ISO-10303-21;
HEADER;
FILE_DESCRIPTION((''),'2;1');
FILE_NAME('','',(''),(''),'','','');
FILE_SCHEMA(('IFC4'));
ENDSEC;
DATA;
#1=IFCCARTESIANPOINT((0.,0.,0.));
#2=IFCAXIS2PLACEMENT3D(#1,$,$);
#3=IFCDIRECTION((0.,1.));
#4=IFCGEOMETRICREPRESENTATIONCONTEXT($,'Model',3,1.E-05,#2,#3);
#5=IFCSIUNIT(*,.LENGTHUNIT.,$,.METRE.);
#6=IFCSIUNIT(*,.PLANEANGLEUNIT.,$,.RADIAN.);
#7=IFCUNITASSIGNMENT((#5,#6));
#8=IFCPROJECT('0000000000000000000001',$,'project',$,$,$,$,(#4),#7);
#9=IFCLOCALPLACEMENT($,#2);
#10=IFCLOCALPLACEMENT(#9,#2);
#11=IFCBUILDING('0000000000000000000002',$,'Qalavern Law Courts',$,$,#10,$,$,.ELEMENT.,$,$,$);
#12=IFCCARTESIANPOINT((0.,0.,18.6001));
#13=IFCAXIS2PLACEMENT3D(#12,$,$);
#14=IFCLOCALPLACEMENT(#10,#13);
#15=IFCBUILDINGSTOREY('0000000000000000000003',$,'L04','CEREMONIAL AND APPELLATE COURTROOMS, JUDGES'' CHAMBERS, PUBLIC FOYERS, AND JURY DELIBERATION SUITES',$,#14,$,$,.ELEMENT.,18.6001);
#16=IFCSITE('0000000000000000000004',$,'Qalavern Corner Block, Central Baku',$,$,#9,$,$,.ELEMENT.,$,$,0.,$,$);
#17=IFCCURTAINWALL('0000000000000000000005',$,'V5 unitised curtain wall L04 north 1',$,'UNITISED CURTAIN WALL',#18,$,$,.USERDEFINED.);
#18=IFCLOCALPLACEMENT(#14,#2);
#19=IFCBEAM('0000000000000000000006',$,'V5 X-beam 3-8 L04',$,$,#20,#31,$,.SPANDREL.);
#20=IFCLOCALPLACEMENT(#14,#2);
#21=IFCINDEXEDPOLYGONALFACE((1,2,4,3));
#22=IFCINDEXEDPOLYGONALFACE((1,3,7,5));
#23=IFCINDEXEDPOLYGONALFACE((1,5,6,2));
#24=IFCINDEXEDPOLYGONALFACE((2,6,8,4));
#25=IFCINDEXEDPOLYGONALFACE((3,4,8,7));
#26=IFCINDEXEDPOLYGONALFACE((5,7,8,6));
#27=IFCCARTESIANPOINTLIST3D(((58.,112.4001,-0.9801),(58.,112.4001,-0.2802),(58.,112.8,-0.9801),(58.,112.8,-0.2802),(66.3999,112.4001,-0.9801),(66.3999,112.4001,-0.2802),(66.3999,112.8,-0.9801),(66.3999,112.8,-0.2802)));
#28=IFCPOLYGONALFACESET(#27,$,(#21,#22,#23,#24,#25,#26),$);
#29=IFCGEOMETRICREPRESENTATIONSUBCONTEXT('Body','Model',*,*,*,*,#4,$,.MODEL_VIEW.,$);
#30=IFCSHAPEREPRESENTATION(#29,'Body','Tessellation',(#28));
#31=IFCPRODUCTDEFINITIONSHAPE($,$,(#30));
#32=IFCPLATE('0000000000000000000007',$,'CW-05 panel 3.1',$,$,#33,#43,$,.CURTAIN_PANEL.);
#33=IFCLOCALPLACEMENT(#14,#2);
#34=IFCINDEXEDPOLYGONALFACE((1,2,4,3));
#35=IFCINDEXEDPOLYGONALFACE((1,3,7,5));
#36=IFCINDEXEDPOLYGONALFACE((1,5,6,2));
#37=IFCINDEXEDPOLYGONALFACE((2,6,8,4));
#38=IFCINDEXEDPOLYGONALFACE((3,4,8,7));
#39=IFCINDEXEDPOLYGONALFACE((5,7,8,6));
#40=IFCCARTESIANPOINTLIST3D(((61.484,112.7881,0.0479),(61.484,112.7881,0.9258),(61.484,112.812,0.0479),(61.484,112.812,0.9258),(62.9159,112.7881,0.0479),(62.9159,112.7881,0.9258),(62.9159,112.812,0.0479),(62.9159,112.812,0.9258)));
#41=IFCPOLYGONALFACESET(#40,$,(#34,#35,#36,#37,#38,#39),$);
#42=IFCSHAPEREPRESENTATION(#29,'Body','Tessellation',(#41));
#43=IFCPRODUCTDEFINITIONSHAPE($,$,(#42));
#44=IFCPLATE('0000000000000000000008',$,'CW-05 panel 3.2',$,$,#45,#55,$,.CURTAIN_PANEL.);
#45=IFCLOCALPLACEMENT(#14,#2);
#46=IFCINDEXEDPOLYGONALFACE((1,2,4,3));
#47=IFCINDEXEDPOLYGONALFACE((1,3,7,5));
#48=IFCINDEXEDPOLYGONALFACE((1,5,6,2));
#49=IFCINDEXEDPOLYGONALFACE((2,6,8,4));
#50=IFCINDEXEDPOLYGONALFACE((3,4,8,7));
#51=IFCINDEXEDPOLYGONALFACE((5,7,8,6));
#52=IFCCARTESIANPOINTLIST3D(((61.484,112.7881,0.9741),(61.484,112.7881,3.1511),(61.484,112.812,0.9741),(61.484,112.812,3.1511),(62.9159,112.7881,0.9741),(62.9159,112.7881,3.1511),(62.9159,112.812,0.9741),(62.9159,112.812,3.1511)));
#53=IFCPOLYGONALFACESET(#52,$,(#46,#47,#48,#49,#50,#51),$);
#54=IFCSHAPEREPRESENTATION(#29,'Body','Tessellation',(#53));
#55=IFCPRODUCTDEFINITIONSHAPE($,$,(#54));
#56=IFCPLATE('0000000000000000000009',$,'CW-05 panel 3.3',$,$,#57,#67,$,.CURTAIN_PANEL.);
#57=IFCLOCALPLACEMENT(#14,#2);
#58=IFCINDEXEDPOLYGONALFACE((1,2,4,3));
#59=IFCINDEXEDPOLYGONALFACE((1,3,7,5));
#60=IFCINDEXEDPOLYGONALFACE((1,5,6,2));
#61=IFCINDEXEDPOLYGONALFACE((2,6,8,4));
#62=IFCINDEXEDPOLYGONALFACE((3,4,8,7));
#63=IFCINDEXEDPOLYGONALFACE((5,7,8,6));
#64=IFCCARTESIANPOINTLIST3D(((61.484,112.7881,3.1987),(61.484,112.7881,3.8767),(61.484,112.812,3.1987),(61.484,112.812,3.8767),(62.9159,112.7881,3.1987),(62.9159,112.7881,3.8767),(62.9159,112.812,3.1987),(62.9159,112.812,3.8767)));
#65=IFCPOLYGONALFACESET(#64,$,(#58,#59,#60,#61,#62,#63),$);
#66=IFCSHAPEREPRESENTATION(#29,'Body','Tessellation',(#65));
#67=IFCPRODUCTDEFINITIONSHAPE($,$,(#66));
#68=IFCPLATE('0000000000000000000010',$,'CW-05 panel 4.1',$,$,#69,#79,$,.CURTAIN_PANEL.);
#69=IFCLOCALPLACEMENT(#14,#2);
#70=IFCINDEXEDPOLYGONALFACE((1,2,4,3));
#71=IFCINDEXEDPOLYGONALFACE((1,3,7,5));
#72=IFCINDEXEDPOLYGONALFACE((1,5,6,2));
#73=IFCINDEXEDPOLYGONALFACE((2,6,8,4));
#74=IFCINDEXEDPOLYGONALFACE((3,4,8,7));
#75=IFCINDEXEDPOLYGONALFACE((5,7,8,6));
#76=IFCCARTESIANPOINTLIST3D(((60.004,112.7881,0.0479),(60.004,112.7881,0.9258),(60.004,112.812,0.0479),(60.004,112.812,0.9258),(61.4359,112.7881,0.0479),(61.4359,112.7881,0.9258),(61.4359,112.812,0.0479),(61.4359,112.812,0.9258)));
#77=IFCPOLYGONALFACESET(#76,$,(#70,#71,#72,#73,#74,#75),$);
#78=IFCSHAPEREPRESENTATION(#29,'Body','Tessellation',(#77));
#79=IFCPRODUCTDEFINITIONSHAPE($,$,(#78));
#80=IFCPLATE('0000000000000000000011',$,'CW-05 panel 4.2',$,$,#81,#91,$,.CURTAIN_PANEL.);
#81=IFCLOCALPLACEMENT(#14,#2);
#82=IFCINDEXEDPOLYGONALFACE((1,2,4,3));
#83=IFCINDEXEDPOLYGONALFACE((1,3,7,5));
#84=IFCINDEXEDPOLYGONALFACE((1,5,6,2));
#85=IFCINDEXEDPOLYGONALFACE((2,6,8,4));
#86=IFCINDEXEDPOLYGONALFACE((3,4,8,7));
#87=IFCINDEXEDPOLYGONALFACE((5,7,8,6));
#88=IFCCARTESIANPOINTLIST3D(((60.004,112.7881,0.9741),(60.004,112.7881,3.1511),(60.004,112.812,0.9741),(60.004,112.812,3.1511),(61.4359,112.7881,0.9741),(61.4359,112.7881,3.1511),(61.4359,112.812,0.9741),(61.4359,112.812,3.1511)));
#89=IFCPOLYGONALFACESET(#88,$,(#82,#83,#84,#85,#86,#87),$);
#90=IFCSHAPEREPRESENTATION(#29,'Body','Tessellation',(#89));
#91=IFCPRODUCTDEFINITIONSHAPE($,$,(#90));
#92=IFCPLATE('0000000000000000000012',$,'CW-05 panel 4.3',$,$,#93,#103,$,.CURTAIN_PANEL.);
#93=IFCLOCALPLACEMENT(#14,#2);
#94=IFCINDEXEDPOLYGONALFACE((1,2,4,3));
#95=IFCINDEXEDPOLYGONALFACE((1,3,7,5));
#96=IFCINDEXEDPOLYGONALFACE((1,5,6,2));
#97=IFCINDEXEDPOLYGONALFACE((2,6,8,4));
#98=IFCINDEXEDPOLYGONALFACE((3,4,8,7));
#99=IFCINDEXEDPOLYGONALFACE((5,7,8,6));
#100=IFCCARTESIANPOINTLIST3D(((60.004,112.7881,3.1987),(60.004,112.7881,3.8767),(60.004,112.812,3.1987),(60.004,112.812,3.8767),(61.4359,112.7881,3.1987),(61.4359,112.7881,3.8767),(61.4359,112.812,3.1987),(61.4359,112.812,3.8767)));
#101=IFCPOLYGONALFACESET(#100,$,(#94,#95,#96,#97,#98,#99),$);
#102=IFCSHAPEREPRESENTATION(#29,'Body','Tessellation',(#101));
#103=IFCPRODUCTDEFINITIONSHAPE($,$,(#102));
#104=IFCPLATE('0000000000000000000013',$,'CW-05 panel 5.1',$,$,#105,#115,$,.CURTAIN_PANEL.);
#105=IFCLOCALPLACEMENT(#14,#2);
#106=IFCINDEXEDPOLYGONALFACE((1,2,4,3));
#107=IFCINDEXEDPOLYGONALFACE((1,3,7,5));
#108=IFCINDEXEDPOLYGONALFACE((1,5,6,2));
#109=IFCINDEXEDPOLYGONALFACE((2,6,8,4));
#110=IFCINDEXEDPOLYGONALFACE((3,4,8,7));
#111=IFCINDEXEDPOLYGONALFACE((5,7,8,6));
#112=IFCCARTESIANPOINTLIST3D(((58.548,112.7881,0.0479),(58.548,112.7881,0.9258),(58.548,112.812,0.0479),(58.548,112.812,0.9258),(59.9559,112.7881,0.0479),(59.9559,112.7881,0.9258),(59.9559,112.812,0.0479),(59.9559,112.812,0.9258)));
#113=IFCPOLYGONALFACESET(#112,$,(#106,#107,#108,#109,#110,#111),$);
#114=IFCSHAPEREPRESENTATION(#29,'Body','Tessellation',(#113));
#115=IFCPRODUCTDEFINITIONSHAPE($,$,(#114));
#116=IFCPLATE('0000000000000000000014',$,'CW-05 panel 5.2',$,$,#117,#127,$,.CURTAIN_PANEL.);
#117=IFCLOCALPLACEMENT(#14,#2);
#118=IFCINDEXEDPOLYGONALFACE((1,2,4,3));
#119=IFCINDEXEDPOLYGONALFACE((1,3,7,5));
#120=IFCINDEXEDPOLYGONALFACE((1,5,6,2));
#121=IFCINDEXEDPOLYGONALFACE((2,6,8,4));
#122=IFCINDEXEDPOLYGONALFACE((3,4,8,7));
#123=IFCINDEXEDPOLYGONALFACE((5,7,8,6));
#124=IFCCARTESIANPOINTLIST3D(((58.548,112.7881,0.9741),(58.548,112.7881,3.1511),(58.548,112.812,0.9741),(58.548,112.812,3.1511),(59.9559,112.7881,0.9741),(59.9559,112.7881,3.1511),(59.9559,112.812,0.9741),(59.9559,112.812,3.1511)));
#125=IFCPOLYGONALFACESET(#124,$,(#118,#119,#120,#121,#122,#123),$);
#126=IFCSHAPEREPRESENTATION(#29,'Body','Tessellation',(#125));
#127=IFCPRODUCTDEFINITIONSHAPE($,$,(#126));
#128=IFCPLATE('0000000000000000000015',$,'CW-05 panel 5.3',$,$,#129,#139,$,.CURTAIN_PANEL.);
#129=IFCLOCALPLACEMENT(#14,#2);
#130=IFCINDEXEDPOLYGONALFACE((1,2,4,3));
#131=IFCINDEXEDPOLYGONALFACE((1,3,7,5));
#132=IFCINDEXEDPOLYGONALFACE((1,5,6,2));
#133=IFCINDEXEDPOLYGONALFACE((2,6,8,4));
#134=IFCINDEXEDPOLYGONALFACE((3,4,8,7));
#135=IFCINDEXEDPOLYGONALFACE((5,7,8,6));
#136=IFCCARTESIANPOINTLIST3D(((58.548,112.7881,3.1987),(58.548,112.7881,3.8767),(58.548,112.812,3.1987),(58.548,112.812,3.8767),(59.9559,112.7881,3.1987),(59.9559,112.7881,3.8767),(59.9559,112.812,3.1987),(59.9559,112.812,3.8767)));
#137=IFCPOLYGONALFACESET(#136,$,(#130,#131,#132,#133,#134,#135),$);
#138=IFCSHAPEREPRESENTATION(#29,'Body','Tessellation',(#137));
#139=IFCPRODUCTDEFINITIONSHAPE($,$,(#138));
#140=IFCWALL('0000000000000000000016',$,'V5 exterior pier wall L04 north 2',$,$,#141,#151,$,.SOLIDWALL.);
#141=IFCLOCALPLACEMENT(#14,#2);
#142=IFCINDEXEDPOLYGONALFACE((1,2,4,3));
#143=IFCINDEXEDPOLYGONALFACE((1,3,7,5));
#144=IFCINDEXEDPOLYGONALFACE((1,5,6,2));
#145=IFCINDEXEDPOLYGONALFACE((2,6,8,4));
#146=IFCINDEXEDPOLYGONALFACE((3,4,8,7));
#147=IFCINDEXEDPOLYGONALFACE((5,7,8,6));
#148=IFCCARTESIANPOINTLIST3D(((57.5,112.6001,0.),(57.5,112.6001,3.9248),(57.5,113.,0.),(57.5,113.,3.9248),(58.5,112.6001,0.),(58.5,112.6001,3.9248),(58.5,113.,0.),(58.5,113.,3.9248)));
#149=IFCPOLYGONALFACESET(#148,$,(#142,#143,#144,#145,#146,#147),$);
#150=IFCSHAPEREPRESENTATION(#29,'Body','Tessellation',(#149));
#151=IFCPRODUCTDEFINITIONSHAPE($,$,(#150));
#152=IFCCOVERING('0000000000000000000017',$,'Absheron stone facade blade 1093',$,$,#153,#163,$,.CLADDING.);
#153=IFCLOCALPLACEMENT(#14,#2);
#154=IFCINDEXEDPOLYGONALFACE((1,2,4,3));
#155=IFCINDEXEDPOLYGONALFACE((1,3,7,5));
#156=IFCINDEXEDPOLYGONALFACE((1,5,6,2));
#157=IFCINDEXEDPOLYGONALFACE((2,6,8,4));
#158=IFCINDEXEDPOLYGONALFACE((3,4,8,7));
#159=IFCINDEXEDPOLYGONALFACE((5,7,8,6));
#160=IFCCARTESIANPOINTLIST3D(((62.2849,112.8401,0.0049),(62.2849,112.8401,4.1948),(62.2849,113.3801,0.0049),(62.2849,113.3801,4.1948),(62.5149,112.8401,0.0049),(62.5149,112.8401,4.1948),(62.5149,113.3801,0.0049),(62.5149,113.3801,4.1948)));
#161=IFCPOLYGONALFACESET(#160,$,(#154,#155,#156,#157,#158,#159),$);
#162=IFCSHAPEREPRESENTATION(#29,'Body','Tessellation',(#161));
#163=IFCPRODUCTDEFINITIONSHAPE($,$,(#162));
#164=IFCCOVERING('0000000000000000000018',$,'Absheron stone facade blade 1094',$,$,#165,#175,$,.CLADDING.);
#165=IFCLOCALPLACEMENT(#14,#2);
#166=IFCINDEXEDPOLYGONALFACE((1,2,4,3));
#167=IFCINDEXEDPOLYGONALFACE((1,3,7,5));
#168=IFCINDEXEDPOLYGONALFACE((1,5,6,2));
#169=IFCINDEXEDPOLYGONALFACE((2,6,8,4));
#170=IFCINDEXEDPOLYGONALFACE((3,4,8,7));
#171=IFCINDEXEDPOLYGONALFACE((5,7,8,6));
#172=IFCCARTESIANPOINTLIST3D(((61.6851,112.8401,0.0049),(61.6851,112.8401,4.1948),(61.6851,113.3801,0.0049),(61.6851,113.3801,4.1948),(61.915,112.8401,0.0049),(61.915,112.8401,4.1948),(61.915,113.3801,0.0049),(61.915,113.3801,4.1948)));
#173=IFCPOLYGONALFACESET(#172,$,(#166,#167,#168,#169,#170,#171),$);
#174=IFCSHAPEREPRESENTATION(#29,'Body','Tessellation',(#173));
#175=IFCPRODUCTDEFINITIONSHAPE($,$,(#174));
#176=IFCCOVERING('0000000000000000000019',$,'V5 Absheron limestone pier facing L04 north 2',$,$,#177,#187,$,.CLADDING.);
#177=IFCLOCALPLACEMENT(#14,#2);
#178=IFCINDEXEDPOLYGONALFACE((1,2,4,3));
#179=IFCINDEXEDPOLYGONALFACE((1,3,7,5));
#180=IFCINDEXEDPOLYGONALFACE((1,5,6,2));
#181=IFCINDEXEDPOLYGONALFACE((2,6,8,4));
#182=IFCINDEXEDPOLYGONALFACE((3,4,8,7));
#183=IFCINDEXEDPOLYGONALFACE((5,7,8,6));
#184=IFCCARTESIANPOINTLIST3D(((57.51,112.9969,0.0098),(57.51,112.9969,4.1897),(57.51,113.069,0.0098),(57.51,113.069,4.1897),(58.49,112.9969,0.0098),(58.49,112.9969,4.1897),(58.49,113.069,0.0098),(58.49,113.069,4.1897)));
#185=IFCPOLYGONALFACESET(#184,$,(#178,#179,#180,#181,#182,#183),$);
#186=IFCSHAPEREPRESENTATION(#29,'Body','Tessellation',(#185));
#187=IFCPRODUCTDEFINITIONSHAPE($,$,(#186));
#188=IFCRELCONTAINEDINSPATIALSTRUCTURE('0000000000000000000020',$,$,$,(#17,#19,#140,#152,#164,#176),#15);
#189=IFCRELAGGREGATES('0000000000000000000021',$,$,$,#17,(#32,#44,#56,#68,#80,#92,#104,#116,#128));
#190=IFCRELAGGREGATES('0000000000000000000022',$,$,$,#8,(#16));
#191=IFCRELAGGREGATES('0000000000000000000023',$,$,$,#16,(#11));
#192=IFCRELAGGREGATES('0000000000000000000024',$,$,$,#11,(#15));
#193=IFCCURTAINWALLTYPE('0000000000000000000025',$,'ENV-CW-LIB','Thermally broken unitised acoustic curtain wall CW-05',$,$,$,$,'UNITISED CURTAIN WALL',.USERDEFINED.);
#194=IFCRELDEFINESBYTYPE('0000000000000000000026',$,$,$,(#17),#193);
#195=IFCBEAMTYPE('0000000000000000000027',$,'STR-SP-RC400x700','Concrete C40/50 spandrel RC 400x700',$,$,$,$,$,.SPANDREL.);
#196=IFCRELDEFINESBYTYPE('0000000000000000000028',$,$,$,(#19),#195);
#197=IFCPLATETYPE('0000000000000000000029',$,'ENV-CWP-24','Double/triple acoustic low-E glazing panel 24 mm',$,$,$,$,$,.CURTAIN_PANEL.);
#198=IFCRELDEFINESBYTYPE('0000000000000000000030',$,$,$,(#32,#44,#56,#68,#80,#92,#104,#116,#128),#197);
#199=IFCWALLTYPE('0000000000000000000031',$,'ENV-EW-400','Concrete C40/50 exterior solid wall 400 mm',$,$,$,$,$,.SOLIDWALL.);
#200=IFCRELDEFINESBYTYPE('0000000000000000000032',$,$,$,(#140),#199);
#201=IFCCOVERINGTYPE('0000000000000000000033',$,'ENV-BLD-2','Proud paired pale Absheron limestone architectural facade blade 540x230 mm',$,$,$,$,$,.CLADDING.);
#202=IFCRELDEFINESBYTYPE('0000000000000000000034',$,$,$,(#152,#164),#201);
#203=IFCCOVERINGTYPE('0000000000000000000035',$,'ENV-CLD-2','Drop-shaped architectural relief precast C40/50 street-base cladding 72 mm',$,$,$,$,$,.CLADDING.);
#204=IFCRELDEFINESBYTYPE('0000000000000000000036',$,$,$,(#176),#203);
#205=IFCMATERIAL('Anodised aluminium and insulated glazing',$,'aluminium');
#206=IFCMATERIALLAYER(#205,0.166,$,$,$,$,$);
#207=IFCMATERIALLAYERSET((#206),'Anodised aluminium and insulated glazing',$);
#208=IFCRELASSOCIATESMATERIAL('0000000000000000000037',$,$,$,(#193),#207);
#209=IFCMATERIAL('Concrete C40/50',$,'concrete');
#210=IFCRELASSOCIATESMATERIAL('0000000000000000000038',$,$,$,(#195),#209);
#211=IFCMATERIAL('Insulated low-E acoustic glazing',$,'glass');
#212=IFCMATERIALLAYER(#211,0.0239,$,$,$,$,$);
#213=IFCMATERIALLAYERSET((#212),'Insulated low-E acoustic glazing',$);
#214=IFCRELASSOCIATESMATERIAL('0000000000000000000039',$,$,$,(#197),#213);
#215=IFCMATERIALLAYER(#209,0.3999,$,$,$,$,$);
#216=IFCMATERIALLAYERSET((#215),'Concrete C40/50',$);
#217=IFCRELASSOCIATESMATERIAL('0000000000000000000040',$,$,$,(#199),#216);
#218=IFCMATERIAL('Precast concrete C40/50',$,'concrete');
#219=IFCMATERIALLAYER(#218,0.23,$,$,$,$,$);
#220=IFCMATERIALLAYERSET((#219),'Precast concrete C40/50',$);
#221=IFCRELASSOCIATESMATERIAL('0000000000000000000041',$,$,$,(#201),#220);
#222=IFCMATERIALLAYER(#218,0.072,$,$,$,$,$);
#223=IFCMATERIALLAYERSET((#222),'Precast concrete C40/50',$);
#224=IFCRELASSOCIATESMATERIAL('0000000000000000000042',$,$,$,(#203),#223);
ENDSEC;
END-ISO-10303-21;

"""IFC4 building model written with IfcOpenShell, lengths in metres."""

from ifc_helpers import new_model, si_unit, direction, frame, frame_2d, origin, origin_2d, place, context, subcontext, project, spatial, rectangle, extrude, material, layer, layer_set, material_profile, profile_set, type_object, element, aggregate, save


model = new_model("IFC4")

# Units and contexts
model_context = context("Model", 3, precision=1e-05, world=origin(), true_north=direction((0.0, 1.0)))
body_context = subcontext(model_context, "Body", "Model", "MODEL_VIEW")
ifc_project = project(units=[si_unit("LENGTHUNIT", "METRE"), si_unit("PLANEANGLEUNIT", "RADIAN")], contexts=[model_context])

# Site, building, storey
site_placement = place(None, origin())
site = spatial("IfcSite", under=ifc_project, at=site_placement, Name="Qalavern Corner Block, Central Baku", CompositionType="ELEMENT", RefElevation=0.0)
building_placement = place(site_placement, origin())
building = spatial("IfcBuilding", under=site, at=building_placement, Name="Qalavern Law Courts", CompositionType="ELEMENT")
storey_placement = place(building_placement, frame((0.0, 0.0, 18.6001)))
storey = spatial("IfcBuildingStorey", under=building, at=storey_placement, Name="L04", Description="CEREMONIAL AND APPELLATE COURTROOMS, JUDGES' CHAMBERS, PUBLIC FOYERS, AND JURY DELIBERATION SUITES", CompositionType="ELEMENT", Elevation=18.6001)

# Curtain wall
ifc_material_1 = material(Name="Anodised aluminium and insulated glazing", Category="aluminium")
ifc_layer_1 = layer(ifc_material_1, 0.166)
ifc_layer_set_1 = layer_set([ifc_layer_1], Name="Anodised aluminium and insulated glazing")
curtain_wall_type = type_object("IfcCurtainWallType", Name="ENV-CW-LIB", Description="Thermally broken unitised acoustic curtain wall CW-05", ElementType="UNITISED CURTAIN WALL", PredefinedType="USERDEFINED", material=ifc_layer_set_1)
curtain_wall_1_placement = place(storey_placement, origin())
curtain_wall_1 = element("IfcCurtainWall", 1, at=curtain_wall_1_placement, inside=storey, type_object=curtain_wall_type, Name="V5 unitised curtain wall L04 north 1", ObjectType="UNITISED CURTAIN WALL", PredefinedType="USERDEFINED")

# Beam
ifc_material_2 = material(Name="Concrete C40/50", Category="concrete")
ifc_material_profile_1 = material_profile(ifc_material_2, rectangle(XDim=0.3999, YDim=0.7, at=origin_2d()), Name="RC 400x700")
ifc_profile_set_1 = profile_set([ifc_material_profile_1], Name="Concrete C40/50")
beam_type_1 = type_object("IfcBeamType", Name="STR-SP-RC400x700", Description="Concrete C40/50 spandrel RC 400x700", PredefinedType="SPANDREL", material=ifc_profile_set_1)
beam_1_placement = place(storey_placement, frame((58.0, 112.6001, -0.6301), z_axis=(1.0, 0.0, 0.0), x_axis=(0.0, 1.0, 0.0)))
element("IfcBeam", 2, at=beam_1_placement, inside=storey, type_object=beam_type_1, Name="V5 X-beam 3-8 L04", PredefinedType="SPANDREL", context=body_context, shape_type="SweptSolid", body=[
    extrude(rectangle(XDim=0.3999, YDim=0.7, at=origin_2d()), origin(), (0.0, 0.0, 1.0), 8.3999),
])

# Plates
ifc_material_3 = material(Name="Insulated low-E acoustic glazing", Category="glass")
ifc_layer_2 = layer(ifc_material_3, 0.0239)
ifc_layer_set_2 = layer_set([ifc_layer_2], Name="Insulated low-E acoustic glazing")
plate_type = type_object("IfcPlateType", Name="ENV-CWP-24", Description="Double/triple acoustic low-E glazing panel 24 mm", PredefinedType="CURTAIN_PANEL", material=ifc_layer_set_2)
plate_1_placement = place(storey_placement, frame((62.2, 112.8, 0.0479), z_axis=(0.0, 0.0, 1.0), x_axis=(-1.0, 0.0, 0.0)))
plate_1 = element("IfcPlate", 3, at=plate_1_placement, type_object=plate_type, Name="CW-05 panel 3.1", PredefinedType="CURTAIN_PANEL", context=body_context, shape_type="SweptSolid", body=[
    extrude(rectangle(XDim=1.4319, YDim=0.0239, at=origin_2d()), origin(), (0.0, 0.0, 1.0), 0.8779),
])
plate_2_placement = place(storey_placement, frame((62.2, 112.8, 0.9741), z_axis=(0.0, 0.0, 1.0), x_axis=(-1.0, 0.0, 0.0)))
plate_2 = element("IfcPlate", 4, at=plate_2_placement, type_object=plate_type, Name="CW-05 panel 3.2", PredefinedType="CURTAIN_PANEL", context=body_context, shape_type="SweptSolid", body=[
    extrude(rectangle(XDim=1.4319, YDim=0.0239, at=origin_2d()), origin(), (0.0, 0.0, 1.0), 2.177),
])
plate_3_placement = place(storey_placement, frame((62.2, 112.8, 3.1987), z_axis=(0.0, 0.0, 1.0), x_axis=(-1.0, 0.0, 0.0)))
plate_3 = element("IfcPlate", 5, at=plate_3_placement, type_object=plate_type, Name="CW-05 panel 3.3", PredefinedType="CURTAIN_PANEL", context=body_context, shape_type="SweptSolid", body=[
    extrude(rectangle(XDim=1.4319, YDim=0.0239, at=origin_2d()), origin(), (0.0, 0.0, 1.0), 0.678),
])
plate_4_placement = place(storey_placement, frame((60.72, 112.8, 0.0479), z_axis=(0.0, 0.0, 1.0), x_axis=(-1.0, 0.0, 0.0)))
plate_4 = element("IfcPlate", 6, at=plate_4_placement, type_object=plate_type, Name="CW-05 panel 4.1", PredefinedType="CURTAIN_PANEL", context=body_context, shape_type="SweptSolid", body=[
    extrude(rectangle(XDim=1.4319, YDim=0.0239, at=origin_2d()), origin(), (0.0, 0.0, 1.0), 0.8779),
])
plate_5_placement = place(storey_placement, frame((60.72, 112.8, 0.9741), z_axis=(0.0, 0.0, 1.0), x_axis=(-1.0, 0.0, 0.0)))
plate_5 = element("IfcPlate", 7, at=plate_5_placement, type_object=plate_type, Name="CW-05 panel 4.2", PredefinedType="CURTAIN_PANEL", context=body_context, shape_type="SweptSolid", body=[
    extrude(rectangle(XDim=1.4319, YDim=0.0239, at=origin_2d()), origin(), (0.0, 0.0, 1.0), 2.177),
])
plate_6_placement = place(storey_placement, frame((60.72, 112.8, 3.1987), z_axis=(0.0, 0.0, 1.0), x_axis=(-1.0, 0.0, 0.0)))
plate_6 = element("IfcPlate", 8, at=plate_6_placement, type_object=plate_type, Name="CW-05 panel 4.3", PredefinedType="CURTAIN_PANEL", context=body_context, shape_type="SweptSolid", body=[
    extrude(rectangle(XDim=1.4319, YDim=0.0239, at=origin_2d()), origin(), (0.0, 0.0, 1.0), 0.678),
])
plate_7_placement = place(storey_placement, frame((59.252, 112.8, 0.0479), z_axis=(0.0, 0.0, 1.0), x_axis=(-1.0, 0.0, 0.0)))
plate_7 = element("IfcPlate", 9, at=plate_7_placement, type_object=plate_type, Name="CW-05 panel 5.1", PredefinedType="CURTAIN_PANEL", context=body_context, shape_type="SweptSolid", body=[
    extrude(rectangle(XDim=1.408, YDim=0.0239, at=origin_2d()), origin(), (0.0, 0.0, 1.0), 0.8779),
])
plate_8_placement = place(storey_placement, frame((59.252, 112.8, 0.9741), z_axis=(0.0, 0.0, 1.0), x_axis=(-1.0, 0.0, 0.0)))
plate_8 = element("IfcPlate", 10, at=plate_8_placement, type_object=plate_type, Name="CW-05 panel 5.2", PredefinedType="CURTAIN_PANEL", context=body_context, shape_type="SweptSolid", body=[
    extrude(rectangle(XDim=1.408, YDim=0.0239, at=origin_2d()), origin(), (0.0, 0.0, 1.0), 2.177),
])
plate_9_placement = place(storey_placement, frame((59.252, 112.8, 3.1987), z_axis=(0.0, 0.0, 1.0), x_axis=(-1.0, 0.0, 0.0)))
plate_9 = element("IfcPlate", 11, at=plate_9_placement, type_object=plate_type, Name="CW-05 panel 5.3", PredefinedType="CURTAIN_PANEL", context=body_context, shape_type="SweptSolid", body=[
    extrude(rectangle(XDim=1.408, YDim=0.0239, at=origin_2d()), origin(), (0.0, 0.0, 1.0), 0.678),
])
aggregate(curtain_wall_1, [plate_1, plate_2, plate_3, plate_4, plate_5, plate_6, plate_7, plate_8, plate_9])

# Wall
ifc_layer_3 = layer(ifc_material_2, 0.3999)
ifc_layer_set_3 = layer_set([ifc_layer_3], Name="Concrete C40/50")
wall_type = type_object("IfcWallType", Name="ENV-EW-400", Description="Concrete C40/50 exterior solid wall 400 mm", PredefinedType="SOLIDWALL", material=ifc_layer_set_3)
wall_placement = place(storey_placement, frame((58.5, 112.8, 0.0), z_axis=(0.0, 0.0, 1.0), x_axis=(-1.0, 0.0, 0.0)))
element("IfcWall", 12, at=wall_placement, inside=storey, type_object=wall_type, Name="V5 exterior pier wall L04 north 2", PredefinedType="SOLIDWALL", context=body_context, shape_type="SweptSolid", body=[
    extrude(rectangle(XDim=1.0, YDim=0.3999, at=frame_2d((0.5, 0.0))), origin(), (0.0, 0.0, 1.0), 3.9248),
])

# Coverings
ifc_material_4 = material(Name="Precast concrete C40/50", Category="concrete")
ifc_layer_4 = layer(ifc_material_4, 0.23)
ifc_layer_set_4 = layer_set([ifc_layer_4], Name="Precast concrete C40/50")
covering_type_1 = type_object("IfcCoveringType", Name="ENV-BLD-2", Description="Proud paired pale Absheron limestone architectural facade blade 540x230 mm", PredefinedType="CLADDING", material=ifc_layer_set_4)
for number, where, z_axis, x_axis, name in (
    (13, (62.3999, 113.1101, 0.0049), (0.0, 0.0, 1.0), (0.0, 1.0, 0.0), "Absheron stone facade blade 1093"),
    (14, (61.8, 113.1101, 0.0049), (0.0, 0.0, 1.0), (0.0, 1.0, 0.0), "Absheron stone facade blade 1094"),
):
    element("IfcCovering", number, at=place(storey_placement, frame(where, z_axis=z_axis, x_axis=x_axis)), inside=storey, type_object=covering_type_1, Name=name, PredefinedType="CLADDING", context=body_context, shape_type="SweptSolid", body=[
        extrude(rectangle(XDim=0.54, YDim=0.23, at=origin_2d()), origin(), (0.0, 0.0, 1.0), 4.1899),
    ])
ifc_layer_5 = layer(ifc_material_4, 0.072)
ifc_layer_set_5 = layer_set([ifc_layer_5], Name="Precast concrete C40/50")
covering_type_2 = type_object("IfcCoveringType", Name="ENV-CLD-2", Description="Drop-shaped architectural relief precast C40/50 street-base cladding 72 mm", PredefinedType="CLADDING", material=ifc_layer_set_5)
covering_placement = place(storey_placement, frame((58.0, 113.033, 0.0098), z_axis=(0.0, 0.0, 1.0), x_axis=(-1.0, 0.0, 0.0)))
element("IfcCovering", 15, at=covering_placement, inside=storey, type_object=covering_type_2, Name="V5 Absheron limestone pier facing L04 north 2", PredefinedType="CLADDING", context=body_context, shape_type="SweptSolid", body=[
    extrude(rectangle(XDim=0.98, YDim=0.072, at=origin_2d()), origin(), (0.0, 0.0, 1.0), 4.1799),
])

save(model, "model.ifc")
